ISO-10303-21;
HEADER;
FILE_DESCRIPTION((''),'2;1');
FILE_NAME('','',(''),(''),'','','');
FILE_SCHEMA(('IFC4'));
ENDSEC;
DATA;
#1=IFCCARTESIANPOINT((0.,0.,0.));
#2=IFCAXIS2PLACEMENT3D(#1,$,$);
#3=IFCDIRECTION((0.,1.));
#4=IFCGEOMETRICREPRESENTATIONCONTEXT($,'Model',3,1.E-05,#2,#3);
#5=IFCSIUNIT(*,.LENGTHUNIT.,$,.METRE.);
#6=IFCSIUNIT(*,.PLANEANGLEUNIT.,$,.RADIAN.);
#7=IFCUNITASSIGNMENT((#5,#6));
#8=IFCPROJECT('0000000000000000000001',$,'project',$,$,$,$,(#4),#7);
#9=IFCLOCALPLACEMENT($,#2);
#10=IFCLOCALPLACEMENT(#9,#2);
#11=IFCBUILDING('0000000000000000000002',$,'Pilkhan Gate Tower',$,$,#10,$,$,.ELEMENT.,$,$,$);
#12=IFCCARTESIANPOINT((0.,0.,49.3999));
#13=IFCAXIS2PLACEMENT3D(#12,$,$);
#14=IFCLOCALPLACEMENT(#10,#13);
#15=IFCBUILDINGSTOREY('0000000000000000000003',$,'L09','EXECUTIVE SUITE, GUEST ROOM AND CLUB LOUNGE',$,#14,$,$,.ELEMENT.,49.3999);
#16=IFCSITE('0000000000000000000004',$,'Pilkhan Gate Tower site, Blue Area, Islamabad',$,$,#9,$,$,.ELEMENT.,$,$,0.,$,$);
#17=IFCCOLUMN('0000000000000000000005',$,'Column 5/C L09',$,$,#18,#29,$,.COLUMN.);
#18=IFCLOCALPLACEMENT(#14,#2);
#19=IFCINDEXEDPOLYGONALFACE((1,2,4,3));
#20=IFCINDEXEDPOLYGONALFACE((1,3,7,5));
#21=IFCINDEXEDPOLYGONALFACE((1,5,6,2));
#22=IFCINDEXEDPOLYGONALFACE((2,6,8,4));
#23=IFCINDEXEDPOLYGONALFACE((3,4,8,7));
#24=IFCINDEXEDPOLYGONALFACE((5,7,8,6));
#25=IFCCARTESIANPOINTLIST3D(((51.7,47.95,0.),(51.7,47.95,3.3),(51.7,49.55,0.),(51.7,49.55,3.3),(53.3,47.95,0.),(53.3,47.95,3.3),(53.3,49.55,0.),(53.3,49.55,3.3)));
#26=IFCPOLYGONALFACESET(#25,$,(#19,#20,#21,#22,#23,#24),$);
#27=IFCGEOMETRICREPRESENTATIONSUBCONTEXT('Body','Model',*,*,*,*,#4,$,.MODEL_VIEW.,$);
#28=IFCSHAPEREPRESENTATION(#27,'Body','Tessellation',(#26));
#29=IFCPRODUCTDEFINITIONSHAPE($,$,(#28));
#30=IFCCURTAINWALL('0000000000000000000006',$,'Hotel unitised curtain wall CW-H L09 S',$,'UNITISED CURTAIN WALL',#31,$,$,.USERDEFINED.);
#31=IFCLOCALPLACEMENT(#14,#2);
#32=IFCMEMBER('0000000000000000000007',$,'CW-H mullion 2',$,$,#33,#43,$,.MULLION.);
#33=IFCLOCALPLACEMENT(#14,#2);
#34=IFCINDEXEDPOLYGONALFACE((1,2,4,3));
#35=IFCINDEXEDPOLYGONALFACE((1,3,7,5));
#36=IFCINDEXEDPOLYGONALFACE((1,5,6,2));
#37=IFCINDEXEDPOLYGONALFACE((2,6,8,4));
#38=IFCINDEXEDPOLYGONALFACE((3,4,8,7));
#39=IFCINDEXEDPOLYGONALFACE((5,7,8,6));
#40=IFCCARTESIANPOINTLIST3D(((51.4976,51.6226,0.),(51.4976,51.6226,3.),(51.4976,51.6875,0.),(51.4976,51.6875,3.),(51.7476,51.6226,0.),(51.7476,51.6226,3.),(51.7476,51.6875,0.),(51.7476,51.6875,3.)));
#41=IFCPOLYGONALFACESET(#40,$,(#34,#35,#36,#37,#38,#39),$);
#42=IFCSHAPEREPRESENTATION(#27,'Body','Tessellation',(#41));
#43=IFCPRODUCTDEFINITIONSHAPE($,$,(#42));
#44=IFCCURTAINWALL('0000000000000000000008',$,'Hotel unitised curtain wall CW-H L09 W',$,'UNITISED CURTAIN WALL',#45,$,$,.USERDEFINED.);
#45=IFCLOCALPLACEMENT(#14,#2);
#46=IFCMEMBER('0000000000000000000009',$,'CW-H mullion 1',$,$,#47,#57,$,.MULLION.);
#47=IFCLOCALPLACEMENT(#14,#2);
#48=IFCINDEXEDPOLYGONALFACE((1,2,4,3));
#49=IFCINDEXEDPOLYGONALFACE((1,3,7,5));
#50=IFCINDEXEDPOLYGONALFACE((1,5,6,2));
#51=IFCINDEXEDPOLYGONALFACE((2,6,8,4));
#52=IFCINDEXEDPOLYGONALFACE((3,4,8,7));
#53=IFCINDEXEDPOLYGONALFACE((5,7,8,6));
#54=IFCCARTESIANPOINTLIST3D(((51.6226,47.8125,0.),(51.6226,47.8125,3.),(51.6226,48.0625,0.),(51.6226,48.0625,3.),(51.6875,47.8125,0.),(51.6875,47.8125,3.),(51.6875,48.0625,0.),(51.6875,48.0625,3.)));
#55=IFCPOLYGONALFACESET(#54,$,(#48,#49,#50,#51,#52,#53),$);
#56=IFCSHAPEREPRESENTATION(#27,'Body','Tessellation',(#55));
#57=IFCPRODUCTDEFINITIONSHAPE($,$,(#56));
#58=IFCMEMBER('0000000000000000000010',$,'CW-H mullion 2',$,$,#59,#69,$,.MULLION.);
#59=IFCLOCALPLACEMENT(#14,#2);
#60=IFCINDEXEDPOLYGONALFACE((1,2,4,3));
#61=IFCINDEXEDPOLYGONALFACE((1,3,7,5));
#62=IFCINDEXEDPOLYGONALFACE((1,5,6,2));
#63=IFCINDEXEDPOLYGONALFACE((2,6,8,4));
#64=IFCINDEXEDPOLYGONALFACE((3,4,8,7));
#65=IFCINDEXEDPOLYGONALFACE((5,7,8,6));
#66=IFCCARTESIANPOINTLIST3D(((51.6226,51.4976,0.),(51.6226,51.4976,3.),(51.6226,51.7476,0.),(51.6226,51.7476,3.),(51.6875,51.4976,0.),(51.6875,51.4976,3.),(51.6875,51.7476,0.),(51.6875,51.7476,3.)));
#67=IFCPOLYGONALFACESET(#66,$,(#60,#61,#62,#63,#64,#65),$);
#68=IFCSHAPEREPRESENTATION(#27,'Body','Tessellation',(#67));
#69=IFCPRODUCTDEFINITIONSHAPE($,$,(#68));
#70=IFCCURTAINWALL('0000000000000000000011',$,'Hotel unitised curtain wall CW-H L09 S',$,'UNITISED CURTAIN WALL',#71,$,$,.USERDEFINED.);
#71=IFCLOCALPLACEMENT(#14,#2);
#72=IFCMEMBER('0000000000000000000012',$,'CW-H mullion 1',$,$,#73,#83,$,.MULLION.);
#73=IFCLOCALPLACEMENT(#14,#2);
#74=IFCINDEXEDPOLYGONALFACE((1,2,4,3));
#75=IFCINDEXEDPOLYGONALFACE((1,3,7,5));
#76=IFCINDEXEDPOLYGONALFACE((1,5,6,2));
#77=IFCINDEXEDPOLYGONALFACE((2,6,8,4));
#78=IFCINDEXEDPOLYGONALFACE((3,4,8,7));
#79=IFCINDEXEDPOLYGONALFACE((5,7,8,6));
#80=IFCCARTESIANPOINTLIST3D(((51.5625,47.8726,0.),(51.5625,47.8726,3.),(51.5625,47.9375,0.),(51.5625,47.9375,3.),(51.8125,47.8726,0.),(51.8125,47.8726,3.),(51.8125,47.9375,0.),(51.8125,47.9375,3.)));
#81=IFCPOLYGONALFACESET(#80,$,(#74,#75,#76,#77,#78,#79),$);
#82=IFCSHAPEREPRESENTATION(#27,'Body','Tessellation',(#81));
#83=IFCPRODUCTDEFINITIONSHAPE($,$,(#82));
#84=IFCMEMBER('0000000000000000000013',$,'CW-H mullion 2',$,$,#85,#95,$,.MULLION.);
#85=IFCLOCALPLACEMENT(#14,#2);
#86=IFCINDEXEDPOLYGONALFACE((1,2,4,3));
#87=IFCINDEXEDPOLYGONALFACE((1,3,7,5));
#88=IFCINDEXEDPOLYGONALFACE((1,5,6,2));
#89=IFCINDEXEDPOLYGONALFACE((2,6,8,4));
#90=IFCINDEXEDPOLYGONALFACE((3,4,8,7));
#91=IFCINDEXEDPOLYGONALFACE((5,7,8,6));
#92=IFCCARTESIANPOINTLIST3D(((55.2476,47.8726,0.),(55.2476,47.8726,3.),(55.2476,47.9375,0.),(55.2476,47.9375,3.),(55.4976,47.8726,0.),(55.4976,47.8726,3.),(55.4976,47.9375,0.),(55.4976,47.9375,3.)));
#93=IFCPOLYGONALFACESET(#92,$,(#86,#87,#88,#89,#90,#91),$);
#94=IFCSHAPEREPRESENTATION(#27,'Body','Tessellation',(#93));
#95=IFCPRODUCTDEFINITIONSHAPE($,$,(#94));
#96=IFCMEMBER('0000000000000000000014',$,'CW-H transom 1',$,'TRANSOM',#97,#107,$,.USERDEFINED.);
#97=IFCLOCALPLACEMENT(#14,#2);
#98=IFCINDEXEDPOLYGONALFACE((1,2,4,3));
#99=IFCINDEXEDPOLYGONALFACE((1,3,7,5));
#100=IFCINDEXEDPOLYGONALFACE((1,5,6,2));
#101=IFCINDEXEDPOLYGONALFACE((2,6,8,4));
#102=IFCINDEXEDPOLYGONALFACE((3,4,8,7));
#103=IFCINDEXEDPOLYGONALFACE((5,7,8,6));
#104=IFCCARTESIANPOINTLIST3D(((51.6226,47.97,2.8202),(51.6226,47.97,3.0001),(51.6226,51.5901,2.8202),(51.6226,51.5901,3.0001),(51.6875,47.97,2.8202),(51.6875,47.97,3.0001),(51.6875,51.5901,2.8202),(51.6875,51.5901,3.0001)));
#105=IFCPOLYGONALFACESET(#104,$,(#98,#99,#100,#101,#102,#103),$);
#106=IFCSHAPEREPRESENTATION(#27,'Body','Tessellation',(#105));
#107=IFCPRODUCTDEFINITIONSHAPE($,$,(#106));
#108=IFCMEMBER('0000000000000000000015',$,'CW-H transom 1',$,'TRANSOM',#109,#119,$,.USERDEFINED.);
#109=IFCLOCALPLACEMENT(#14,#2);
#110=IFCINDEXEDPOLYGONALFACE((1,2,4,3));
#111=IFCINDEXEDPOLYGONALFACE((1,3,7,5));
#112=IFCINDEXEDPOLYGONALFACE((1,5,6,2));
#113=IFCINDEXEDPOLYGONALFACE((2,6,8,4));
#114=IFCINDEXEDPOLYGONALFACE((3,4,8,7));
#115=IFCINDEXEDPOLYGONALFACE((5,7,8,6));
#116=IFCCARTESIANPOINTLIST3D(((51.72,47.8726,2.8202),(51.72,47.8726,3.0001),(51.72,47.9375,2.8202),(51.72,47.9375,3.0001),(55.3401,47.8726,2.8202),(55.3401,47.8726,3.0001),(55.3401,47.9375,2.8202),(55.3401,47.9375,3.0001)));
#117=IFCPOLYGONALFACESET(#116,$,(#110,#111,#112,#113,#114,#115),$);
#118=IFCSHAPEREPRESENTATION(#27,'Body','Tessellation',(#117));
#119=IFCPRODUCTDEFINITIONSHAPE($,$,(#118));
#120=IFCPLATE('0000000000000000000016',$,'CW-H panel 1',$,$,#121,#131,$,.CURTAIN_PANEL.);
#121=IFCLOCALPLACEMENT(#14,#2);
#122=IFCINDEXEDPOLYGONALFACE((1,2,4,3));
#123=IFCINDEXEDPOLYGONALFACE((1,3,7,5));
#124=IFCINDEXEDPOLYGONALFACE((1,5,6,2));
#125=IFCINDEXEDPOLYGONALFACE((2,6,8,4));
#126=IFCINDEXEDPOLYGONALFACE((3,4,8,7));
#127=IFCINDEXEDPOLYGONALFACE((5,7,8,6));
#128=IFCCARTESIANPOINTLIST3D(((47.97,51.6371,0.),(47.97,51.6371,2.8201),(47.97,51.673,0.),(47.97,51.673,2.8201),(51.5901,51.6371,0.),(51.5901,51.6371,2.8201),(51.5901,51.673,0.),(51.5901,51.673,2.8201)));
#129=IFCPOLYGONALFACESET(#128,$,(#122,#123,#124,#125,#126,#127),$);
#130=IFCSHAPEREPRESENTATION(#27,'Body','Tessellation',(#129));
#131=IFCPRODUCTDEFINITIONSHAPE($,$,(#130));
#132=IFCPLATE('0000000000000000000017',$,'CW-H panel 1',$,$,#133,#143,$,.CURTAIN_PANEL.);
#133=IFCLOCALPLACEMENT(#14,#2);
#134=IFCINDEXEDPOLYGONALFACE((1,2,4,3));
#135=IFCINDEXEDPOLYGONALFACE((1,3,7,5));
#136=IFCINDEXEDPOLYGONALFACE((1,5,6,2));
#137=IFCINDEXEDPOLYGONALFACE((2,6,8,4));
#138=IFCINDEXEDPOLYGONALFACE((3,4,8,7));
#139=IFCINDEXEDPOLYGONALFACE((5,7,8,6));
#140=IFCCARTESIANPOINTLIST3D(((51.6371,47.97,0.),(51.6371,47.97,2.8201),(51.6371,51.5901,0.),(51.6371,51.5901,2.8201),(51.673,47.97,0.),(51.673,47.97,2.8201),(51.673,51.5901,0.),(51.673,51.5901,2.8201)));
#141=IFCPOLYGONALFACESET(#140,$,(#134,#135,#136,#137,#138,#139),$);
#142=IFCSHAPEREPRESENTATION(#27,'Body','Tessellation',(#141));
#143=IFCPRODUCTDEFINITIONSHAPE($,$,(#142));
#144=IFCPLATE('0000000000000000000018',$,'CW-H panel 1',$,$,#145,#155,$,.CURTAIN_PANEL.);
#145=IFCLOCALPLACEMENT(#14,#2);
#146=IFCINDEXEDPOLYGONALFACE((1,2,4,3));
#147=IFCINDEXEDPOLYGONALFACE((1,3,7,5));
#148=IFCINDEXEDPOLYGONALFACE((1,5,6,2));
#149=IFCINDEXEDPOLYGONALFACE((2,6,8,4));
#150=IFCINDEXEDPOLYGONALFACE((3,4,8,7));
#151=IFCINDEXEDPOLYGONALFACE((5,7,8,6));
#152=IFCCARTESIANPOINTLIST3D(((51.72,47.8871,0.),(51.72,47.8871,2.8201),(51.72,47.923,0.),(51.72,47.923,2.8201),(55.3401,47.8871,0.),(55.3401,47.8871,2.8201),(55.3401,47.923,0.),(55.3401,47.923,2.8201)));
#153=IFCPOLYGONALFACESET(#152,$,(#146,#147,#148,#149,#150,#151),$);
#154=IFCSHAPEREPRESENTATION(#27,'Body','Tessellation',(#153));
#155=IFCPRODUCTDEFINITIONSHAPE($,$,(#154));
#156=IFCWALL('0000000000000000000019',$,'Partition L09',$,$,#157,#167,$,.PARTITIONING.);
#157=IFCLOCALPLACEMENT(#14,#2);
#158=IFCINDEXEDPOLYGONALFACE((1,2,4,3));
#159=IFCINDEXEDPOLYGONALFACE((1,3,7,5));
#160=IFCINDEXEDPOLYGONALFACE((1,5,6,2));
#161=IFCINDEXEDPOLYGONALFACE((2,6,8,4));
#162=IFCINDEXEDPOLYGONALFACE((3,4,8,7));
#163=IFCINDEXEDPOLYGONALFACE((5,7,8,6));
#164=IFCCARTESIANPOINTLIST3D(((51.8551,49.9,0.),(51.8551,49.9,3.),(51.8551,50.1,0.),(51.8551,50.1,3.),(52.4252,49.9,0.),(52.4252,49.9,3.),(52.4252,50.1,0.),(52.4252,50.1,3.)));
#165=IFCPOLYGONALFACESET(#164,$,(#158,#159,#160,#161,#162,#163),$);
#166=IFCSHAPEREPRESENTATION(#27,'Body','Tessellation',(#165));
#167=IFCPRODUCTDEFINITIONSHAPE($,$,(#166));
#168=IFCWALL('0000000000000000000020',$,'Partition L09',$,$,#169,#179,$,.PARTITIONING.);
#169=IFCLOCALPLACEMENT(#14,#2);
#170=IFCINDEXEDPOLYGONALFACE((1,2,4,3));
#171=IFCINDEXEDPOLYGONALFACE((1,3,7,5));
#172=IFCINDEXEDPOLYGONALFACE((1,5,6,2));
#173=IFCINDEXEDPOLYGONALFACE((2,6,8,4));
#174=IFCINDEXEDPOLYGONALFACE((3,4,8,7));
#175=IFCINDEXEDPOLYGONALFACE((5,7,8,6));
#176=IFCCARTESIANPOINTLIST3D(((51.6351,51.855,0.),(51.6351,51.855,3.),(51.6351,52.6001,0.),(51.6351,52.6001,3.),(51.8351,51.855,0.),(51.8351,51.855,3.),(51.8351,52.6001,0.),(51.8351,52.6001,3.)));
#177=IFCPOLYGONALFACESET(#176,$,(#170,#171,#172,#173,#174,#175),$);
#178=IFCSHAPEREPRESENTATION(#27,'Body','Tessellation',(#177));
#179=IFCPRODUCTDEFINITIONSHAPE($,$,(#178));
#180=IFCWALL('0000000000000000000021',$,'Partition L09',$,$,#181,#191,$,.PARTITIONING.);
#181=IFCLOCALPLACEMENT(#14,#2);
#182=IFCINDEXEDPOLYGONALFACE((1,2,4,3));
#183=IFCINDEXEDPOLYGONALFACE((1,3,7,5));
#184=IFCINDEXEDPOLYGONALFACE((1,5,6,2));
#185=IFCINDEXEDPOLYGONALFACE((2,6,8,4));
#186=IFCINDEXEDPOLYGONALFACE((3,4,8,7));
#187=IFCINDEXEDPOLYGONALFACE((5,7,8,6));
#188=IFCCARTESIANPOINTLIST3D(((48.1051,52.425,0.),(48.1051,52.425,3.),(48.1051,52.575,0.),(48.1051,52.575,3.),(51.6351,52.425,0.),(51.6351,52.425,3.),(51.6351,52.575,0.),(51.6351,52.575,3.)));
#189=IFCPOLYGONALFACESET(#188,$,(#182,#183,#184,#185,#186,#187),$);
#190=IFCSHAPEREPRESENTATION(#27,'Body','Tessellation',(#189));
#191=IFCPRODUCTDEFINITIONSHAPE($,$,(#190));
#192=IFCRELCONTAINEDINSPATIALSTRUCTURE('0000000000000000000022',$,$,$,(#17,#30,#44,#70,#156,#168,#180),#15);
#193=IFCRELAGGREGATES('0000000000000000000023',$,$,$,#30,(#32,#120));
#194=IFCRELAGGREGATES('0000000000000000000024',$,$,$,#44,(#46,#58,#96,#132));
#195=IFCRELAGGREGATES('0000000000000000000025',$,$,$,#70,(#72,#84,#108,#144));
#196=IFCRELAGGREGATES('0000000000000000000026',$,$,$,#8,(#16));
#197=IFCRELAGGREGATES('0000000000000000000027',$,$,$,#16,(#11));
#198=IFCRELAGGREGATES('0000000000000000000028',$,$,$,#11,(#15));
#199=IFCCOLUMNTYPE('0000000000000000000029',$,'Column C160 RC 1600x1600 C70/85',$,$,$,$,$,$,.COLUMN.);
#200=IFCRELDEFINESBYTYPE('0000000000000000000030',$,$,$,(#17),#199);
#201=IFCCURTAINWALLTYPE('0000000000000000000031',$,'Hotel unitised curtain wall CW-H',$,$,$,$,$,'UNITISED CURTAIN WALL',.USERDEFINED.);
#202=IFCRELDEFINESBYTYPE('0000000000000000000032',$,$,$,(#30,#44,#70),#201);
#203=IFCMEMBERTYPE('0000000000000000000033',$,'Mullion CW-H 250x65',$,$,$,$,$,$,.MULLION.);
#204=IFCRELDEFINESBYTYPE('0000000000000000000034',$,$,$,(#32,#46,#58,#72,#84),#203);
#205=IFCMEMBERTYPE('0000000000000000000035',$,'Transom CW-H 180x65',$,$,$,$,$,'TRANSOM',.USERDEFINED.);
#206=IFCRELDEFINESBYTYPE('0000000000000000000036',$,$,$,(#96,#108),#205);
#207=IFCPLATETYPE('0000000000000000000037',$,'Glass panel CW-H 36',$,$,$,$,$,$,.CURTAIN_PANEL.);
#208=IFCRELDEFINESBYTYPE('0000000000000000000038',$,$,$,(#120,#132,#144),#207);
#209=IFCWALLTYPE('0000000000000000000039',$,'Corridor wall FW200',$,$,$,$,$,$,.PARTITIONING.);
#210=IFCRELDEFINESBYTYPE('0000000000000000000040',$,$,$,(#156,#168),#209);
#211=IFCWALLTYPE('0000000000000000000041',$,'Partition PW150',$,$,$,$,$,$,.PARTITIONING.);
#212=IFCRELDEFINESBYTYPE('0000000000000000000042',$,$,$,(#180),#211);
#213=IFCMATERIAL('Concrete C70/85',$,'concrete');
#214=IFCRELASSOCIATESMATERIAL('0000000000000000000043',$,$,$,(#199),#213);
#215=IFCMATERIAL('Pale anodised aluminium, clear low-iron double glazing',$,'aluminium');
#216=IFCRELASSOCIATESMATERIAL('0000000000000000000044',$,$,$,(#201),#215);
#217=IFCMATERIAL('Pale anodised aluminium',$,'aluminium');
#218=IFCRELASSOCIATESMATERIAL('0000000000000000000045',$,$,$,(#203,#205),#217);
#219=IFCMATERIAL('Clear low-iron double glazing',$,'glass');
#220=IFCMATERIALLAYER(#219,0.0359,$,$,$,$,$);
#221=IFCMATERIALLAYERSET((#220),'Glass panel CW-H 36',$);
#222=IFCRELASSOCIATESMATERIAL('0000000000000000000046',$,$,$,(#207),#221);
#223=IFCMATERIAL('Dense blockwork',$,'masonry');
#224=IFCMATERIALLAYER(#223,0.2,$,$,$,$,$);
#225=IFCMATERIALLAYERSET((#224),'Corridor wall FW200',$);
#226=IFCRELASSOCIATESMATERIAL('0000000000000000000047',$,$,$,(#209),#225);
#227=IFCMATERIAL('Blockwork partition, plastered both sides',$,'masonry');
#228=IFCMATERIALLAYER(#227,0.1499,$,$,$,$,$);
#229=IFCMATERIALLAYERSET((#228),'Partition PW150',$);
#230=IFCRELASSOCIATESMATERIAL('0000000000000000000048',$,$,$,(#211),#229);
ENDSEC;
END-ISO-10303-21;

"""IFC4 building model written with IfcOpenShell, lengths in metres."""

from ifc_helpers import new_model, si_unit, direction, frame, frame_2d, origin, origin_2d, place, context, subcontext, project, spatial, rectangle, extrude, material, layer, layer_set, material_profile, profile_set, type_object, element, aggregate, save


model = new_model("IFC4")

# Units and contexts
model_context = context("Model", 3, precision=1e-05, world=origin(), true_north=direction((0.0, 1.0)))
body_context = subcontext(model_context, "Body", "Model", "MODEL_VIEW")
ifc_project = project(units=[si_unit("LENGTHUNIT", "METRE"), si_unit("PLANEANGLEUNIT", "RADIAN")], contexts=[model_context])

# Site, building, storey
site_placement = place(None, origin())
site = spatial("IfcSite", under=ifc_project, at=site_placement, Name="Pilkhan Gate Tower site, Blue Area, Islamabad", CompositionType="ELEMENT", RefElevation=0.0)
building_placement = place(site_placement, origin())
building = spatial("IfcBuilding", under=site, at=building_placement, Name="Pilkhan Gate Tower", CompositionType="ELEMENT")
storey_placement = place(building_placement, frame((0.0, 0.0, 49.3999)))
storey = spatial("IfcBuildingStorey", under=building, at=storey_placement, Name="L09", Description="EXECUTIVE SUITE, GUEST ROOM AND CLUB LOUNGE", CompositionType="ELEMENT", Elevation=49.3999)

# Column
ifc_material_1 = material(Name="Concrete C70/85", Category="concrete")
ifc_material_profile_1 = material_profile(ifc_material_1, rectangle(XDim=1.6001, YDim=1.6001, at=origin_2d()), Name="RC 1600x1600")
ifc_profile_set_1 = profile_set([ifc_material_profile_1], Name="Concrete C70/85")
column_type = type_object("IfcColumnType", Name="Column C160 RC 1600x1600 C70/85", PredefinedType="COLUMN", material=ifc_profile_set_1)
column_placement = place(storey_placement, frame((52.5, 48.75, 0.0), z_axis=(0.0, 0.0, 1.0), x_axis=(1.0, 0.0, 0.0)))
element("IfcColumn", 1, at=column_placement, inside=storey, type_object=column_type, Name="Column 5/C L09", PredefinedType="COLUMN", context=body_context, shape_type="SweptSolid", body=[
    extrude(rectangle(XDim=1.6001, YDim=1.6001, at=origin_2d()), origin(), (0.0, 0.0, 1.0), 3.3),
])

# Curtain wall, member
ifc_material_2 = material(Name="Pale anodised aluminium, clear low-iron double glazing", Category="aluminium")
curtain_wall_type = type_object("IfcCurtainWallType", Name="Hotel unitised curtain wall CW-H", ElementType="UNITISED CURTAIN WALL", PredefinedType="USERDEFINED", material=ifc_material_2)
curtain_wall_1_placement = place(storey_placement, origin())
curtain_wall_1 = element("IfcCurtainWall", 2, at=curtain_wall_1_placement, inside=storey, type_object=curtain_wall_type, Name="Hotel unitised curtain wall CW-H L09 S", ObjectType="UNITISED CURTAIN WALL", PredefinedType="USERDEFINED")
ifc_material_3 = material(Name="Pale anodised aluminium", Category="aluminium")
ifc_material_profile_2 = material_profile(ifc_material_3, rectangle(XDim=0.0649, YDim=0.25, at=origin_2d()), Name="Mullion 250x65")
ifc_profile_set_2 = profile_set([ifc_material_profile_2], Name="Pale anodised aluminium")
member_type_1 = type_object("IfcMemberType", Name="Mullion CW-H 250x65", PredefinedType="MULLION", material=ifc_profile_set_2)
member_1_placement = place(storey_placement, frame((51.6226, 51.655, 0.0), z_axis=(0.0, 0.0, 1.0), x_axis=(0.0, 1.0, 0.0)))
member_1 = element("IfcMember", 3, at=member_1_placement, type_object=member_type_1, Name="CW-H mullion 2", PredefinedType="MULLION", context=body_context, shape_type="SweptSolid", body=[
    extrude(rectangle(XDim=0.0649, YDim=0.25, at=origin_2d()), origin(), (0.0, 0.0, 1.0), 3.0),
])

# Curtain walls, members
curtain_wall_2_placement = place(storey_placement, origin())
curtain_wall_2 = element("IfcCurtainWall", 4, at=curtain_wall_2_placement, inside=storey, type_object=curtain_wall_type, Name="Hotel unitised curtain wall CW-H L09 W", ObjectType="UNITISED CURTAIN WALL", PredefinedType="USERDEFINED")
member_2_placement = place(storey_placement, frame((51.655, 47.9375, 0.0), z_axis=(0.0, 0.0, 1.0), x_axis=(-1.0, 0.0, 0.0)))
member_2 = element("IfcMember", 5, at=member_2_placement, type_object=member_type_1, Name="CW-H mullion 1", PredefinedType="MULLION", context=body_context, shape_type="SweptSolid", body=[
    extrude(rectangle(XDim=0.0649, YDim=0.25, at=origin_2d()), origin(), (0.0, 0.0, 1.0), 3.0),
])
member_3_placement = place(storey_placement, frame((51.655, 51.6226, 0.0), z_axis=(0.0, 0.0, 1.0), x_axis=(-1.0, 0.0, 0.0)))
member_3 = element("IfcMember", 6, at=member_3_placement, type_object=member_type_1, Name="CW-H mullion 2", PredefinedType="MULLION", context=body_context, shape_type="SweptSolid", body=[
    extrude(rectangle(XDim=0.0649, YDim=0.25, at=origin_2d()), origin(), (0.0, 0.0, 1.0), 3.0),
])
curtain_wall_3_placement = place(storey_placement, origin())
curtain_wall_3 = element("IfcCurtainWall", 7, at=curtain_wall_3_placement, inside=storey, type_object=curtain_wall_type, Name="Hotel unitised curtain wall CW-H L09 S", ObjectType="UNITISED CURTAIN WALL", PredefinedType="USERDEFINED")
member_4_placement = place(storey_placement, frame((51.6875, 47.905, 0.0), z_axis=(0.0, 0.0, 1.0), x_axis=(0.0, 1.0, 0.0)))
member_4 = element("IfcMember", 8, at=member_4_placement, type_object=member_type_1, Name="CW-H mullion 1", PredefinedType="MULLION", context=body_context, shape_type="SweptSolid", body=[
    extrude(rectangle(XDim=0.0649, YDim=0.25, at=origin_2d()), origin(), (0.0, 0.0, 1.0), 3.0),
])
member_5_placement = place(storey_placement, frame((55.3726, 47.905, 0.0), z_axis=(0.0, 0.0, 1.0), x_axis=(0.0, 1.0, 0.0)))
member_5 = element("IfcMember", 9, at=member_5_placement, type_object=member_type_1, Name="CW-H mullion 2", PredefinedType="MULLION", context=body_context, shape_type="SweptSolid", body=[
    extrude(rectangle(XDim=0.0649, YDim=0.25, at=origin_2d()), origin(), (0.0, 0.0, 1.0), 3.0),
])

# Members
ifc_material_profile_3 = material_profile(ifc_material_3, rectangle(XDim=0.0649, YDim=0.1799, at=origin_2d()), Name="Transom 180x65")
ifc_profile_set_3 = profile_set([ifc_material_profile_3], Name="Pale anodised aluminium")
member_type_2 = type_object("IfcMemberType", Name="Transom CW-H 180x65", ElementType="TRANSOM", PredefinedType="USERDEFINED", material=ifc_profile_set_3)
member_6_placement = place(storey_placement, frame((51.655, 47.97, 2.9102), z_axis=(0.0, 1.0, 0.0), x_axis=(-1.0, 0.0, 0.0)))
member_6 = element("IfcMember", 10, at=member_6_placement, type_object=member_type_2, Name="CW-H transom 1", ObjectType="TRANSOM", PredefinedType="USERDEFINED", context=body_context, shape_type="SweptSolid", body=[
    extrude(rectangle(XDim=0.0649, YDim=0.1799, at=origin_2d()), origin(), (0.0, 0.0, 1.0), 3.6201),
])
member_7_placement = place(storey_placement, frame((51.72, 47.905, 2.9102), z_axis=(1.0, 0.0, 0.0), x_axis=(0.0, 1.0, 0.0)))
member_7 = element("IfcMember", 11, at=member_7_placement, type_object=member_type_2, Name="CW-H transom 1", ObjectType="TRANSOM", PredefinedType="USERDEFINED", context=body_context, shape_type="SweptSolid", body=[
    extrude(rectangle(XDim=0.0649, YDim=0.1799, at=origin_2d()), origin(), (0.0, 0.0, 1.0), 3.6201),
])

# Plates
ifc_material_4 = material(Name="Clear low-iron double glazing", Category="glass")
ifc_layer_1 = layer(ifc_material_4, 0.0359)
ifc_layer_set_1 = layer_set([ifc_layer_1], Name="Glass panel CW-H 36")
plate_type = type_object("IfcPlateType", Name="Glass panel CW-H 36", PredefinedType="CURTAIN_PANEL", material=ifc_layer_set_1)
plate_1_placement = place(storey_placement, frame((49.78, 51.655, 0.0), z_axis=(0.0, 0.0, 1.0), x_axis=(1.0, 0.0, 0.0)))
plate_1 = element("IfcPlate", 12, at=plate_1_placement, type_object=plate_type, Name="CW-H panel 1", PredefinedType="CURTAIN_PANEL", context=body_context, shape_type="SweptSolid", body=[
    extrude(rectangle(XDim=3.6201, YDim=0.0359, at=origin_2d()), origin(), (0.0, 0.0, 1.0), 2.8201),
])
aggregate(curtain_wall_1, [member_1, plate_1])
plate_2_placement = place(storey_placement, frame((51.655, 49.78, 0.0), z_axis=(0.0, 0.0, 1.0), x_axis=(0.0, 1.0, 0.0)))
plate_2 = element("IfcPlate", 13, at=plate_2_placement, type_object=plate_type, Name="CW-H panel 1", PredefinedType="CURTAIN_PANEL", context=body_context, shape_type="SweptSolid", body=[
    extrude(rectangle(XDim=3.6201, YDim=0.0359, at=origin_2d()), origin(), (0.0, 0.0, 1.0), 2.8201),
])
aggregate(curtain_wall_2, [member_2, member_3, member_6, plate_2])
plate_3_placement = place(storey_placement, frame((53.53, 47.905, 0.0), z_axis=(0.0, 0.0, 1.0), x_axis=(1.0, 0.0, 0.0)))
plate_3 = element("IfcPlate", 14, at=plate_3_placement, type_object=plate_type, Name="CW-H panel 1", PredefinedType="CURTAIN_PANEL", context=body_context, shape_type="SweptSolid", body=[
    extrude(rectangle(XDim=3.6201, YDim=0.0359, at=origin_2d()), origin(), (0.0, 0.0, 1.0), 2.8201),
])
aggregate(curtain_wall_3, [member_4, member_5, member_7, plate_3])

# Wall
ifc_material_5 = material(Name="Dense blockwork", Category="masonry")
ifc_layer_2 = layer(ifc_material_5, 0.2)
ifc_layer_set_2 = layer_set([ifc_layer_2], Name="Corridor wall FW200")
wall_type_1 = type_object("IfcWallType", Name="Corridor wall FW200", PredefinedType="PARTITIONING", material=ifc_layer_set_2)
wall_1_placement = place(storey_placement, frame((51.855, 50.0, 0.0), z_axis=(0.0, 0.0, 1.0), x_axis=(1.0, 0.0, 0.0)))
element("IfcWall", 15, at=wall_1_placement, inside=storey, type_object=wall_type_1, Name="Partition L09", PredefinedType="PARTITIONING", context=body_context, shape_type="SweptSolid", body=[
    extrude(rectangle(XDim=0.5701, YDim=0.2, at=frame_2d((0.2852, 0.0))), origin(), (0.0, 0.0, 1.0), 3.0),
])

# Walls
wall_2_placement = place(storey_placement, frame((51.7351, 51.855, 0.0), z_axis=(0.0, 0.0, 1.0), x_axis=(0.0, 1.0, 0.0)))
element("IfcWall", 16, at=wall_2_placement, inside=storey, type_object=wall_type_1, Name="Partition L09", PredefinedType="PARTITIONING", context=body_context, shape_type="SweptSolid", body=[
    extrude(rectangle(XDim=0.7451, YDim=0.2, at=frame_2d((0.3726, 0.0))), origin(), (0.0, 0.0, 1.0), 3.0),
])
ifc_material_6 = material(Name="Blockwork partition, plastered both sides", Category="masonry")
ifc_layer_3 = layer(ifc_material_6, 0.1499)
ifc_layer_set_3 = layer_set([ifc_layer_3], Name="Partition PW150")
wall_type_2 = type_object("IfcWallType", Name="Partition PW150", PredefinedType="PARTITIONING", material=ifc_layer_set_3)
wall_3_placement = place(storey_placement, frame((48.105, 52.5, 0.0), z_axis=(0.0, 0.0, 1.0), x_axis=(1.0, 0.0, 0.0)))
element("IfcWall", 17, at=wall_3_placement, inside=storey, type_object=wall_type_2, Name="Partition L09", PredefinedType="PARTITIONING", context=body_context, shape_type="SweptSolid", body=[
    extrude(rectangle(XDim=3.53, YDim=0.1499, at=frame_2d((1.7651, 0.0))), origin(), (0.0, 0.0, 1.0), 3.0),
])

save(model, "model.ifc")
